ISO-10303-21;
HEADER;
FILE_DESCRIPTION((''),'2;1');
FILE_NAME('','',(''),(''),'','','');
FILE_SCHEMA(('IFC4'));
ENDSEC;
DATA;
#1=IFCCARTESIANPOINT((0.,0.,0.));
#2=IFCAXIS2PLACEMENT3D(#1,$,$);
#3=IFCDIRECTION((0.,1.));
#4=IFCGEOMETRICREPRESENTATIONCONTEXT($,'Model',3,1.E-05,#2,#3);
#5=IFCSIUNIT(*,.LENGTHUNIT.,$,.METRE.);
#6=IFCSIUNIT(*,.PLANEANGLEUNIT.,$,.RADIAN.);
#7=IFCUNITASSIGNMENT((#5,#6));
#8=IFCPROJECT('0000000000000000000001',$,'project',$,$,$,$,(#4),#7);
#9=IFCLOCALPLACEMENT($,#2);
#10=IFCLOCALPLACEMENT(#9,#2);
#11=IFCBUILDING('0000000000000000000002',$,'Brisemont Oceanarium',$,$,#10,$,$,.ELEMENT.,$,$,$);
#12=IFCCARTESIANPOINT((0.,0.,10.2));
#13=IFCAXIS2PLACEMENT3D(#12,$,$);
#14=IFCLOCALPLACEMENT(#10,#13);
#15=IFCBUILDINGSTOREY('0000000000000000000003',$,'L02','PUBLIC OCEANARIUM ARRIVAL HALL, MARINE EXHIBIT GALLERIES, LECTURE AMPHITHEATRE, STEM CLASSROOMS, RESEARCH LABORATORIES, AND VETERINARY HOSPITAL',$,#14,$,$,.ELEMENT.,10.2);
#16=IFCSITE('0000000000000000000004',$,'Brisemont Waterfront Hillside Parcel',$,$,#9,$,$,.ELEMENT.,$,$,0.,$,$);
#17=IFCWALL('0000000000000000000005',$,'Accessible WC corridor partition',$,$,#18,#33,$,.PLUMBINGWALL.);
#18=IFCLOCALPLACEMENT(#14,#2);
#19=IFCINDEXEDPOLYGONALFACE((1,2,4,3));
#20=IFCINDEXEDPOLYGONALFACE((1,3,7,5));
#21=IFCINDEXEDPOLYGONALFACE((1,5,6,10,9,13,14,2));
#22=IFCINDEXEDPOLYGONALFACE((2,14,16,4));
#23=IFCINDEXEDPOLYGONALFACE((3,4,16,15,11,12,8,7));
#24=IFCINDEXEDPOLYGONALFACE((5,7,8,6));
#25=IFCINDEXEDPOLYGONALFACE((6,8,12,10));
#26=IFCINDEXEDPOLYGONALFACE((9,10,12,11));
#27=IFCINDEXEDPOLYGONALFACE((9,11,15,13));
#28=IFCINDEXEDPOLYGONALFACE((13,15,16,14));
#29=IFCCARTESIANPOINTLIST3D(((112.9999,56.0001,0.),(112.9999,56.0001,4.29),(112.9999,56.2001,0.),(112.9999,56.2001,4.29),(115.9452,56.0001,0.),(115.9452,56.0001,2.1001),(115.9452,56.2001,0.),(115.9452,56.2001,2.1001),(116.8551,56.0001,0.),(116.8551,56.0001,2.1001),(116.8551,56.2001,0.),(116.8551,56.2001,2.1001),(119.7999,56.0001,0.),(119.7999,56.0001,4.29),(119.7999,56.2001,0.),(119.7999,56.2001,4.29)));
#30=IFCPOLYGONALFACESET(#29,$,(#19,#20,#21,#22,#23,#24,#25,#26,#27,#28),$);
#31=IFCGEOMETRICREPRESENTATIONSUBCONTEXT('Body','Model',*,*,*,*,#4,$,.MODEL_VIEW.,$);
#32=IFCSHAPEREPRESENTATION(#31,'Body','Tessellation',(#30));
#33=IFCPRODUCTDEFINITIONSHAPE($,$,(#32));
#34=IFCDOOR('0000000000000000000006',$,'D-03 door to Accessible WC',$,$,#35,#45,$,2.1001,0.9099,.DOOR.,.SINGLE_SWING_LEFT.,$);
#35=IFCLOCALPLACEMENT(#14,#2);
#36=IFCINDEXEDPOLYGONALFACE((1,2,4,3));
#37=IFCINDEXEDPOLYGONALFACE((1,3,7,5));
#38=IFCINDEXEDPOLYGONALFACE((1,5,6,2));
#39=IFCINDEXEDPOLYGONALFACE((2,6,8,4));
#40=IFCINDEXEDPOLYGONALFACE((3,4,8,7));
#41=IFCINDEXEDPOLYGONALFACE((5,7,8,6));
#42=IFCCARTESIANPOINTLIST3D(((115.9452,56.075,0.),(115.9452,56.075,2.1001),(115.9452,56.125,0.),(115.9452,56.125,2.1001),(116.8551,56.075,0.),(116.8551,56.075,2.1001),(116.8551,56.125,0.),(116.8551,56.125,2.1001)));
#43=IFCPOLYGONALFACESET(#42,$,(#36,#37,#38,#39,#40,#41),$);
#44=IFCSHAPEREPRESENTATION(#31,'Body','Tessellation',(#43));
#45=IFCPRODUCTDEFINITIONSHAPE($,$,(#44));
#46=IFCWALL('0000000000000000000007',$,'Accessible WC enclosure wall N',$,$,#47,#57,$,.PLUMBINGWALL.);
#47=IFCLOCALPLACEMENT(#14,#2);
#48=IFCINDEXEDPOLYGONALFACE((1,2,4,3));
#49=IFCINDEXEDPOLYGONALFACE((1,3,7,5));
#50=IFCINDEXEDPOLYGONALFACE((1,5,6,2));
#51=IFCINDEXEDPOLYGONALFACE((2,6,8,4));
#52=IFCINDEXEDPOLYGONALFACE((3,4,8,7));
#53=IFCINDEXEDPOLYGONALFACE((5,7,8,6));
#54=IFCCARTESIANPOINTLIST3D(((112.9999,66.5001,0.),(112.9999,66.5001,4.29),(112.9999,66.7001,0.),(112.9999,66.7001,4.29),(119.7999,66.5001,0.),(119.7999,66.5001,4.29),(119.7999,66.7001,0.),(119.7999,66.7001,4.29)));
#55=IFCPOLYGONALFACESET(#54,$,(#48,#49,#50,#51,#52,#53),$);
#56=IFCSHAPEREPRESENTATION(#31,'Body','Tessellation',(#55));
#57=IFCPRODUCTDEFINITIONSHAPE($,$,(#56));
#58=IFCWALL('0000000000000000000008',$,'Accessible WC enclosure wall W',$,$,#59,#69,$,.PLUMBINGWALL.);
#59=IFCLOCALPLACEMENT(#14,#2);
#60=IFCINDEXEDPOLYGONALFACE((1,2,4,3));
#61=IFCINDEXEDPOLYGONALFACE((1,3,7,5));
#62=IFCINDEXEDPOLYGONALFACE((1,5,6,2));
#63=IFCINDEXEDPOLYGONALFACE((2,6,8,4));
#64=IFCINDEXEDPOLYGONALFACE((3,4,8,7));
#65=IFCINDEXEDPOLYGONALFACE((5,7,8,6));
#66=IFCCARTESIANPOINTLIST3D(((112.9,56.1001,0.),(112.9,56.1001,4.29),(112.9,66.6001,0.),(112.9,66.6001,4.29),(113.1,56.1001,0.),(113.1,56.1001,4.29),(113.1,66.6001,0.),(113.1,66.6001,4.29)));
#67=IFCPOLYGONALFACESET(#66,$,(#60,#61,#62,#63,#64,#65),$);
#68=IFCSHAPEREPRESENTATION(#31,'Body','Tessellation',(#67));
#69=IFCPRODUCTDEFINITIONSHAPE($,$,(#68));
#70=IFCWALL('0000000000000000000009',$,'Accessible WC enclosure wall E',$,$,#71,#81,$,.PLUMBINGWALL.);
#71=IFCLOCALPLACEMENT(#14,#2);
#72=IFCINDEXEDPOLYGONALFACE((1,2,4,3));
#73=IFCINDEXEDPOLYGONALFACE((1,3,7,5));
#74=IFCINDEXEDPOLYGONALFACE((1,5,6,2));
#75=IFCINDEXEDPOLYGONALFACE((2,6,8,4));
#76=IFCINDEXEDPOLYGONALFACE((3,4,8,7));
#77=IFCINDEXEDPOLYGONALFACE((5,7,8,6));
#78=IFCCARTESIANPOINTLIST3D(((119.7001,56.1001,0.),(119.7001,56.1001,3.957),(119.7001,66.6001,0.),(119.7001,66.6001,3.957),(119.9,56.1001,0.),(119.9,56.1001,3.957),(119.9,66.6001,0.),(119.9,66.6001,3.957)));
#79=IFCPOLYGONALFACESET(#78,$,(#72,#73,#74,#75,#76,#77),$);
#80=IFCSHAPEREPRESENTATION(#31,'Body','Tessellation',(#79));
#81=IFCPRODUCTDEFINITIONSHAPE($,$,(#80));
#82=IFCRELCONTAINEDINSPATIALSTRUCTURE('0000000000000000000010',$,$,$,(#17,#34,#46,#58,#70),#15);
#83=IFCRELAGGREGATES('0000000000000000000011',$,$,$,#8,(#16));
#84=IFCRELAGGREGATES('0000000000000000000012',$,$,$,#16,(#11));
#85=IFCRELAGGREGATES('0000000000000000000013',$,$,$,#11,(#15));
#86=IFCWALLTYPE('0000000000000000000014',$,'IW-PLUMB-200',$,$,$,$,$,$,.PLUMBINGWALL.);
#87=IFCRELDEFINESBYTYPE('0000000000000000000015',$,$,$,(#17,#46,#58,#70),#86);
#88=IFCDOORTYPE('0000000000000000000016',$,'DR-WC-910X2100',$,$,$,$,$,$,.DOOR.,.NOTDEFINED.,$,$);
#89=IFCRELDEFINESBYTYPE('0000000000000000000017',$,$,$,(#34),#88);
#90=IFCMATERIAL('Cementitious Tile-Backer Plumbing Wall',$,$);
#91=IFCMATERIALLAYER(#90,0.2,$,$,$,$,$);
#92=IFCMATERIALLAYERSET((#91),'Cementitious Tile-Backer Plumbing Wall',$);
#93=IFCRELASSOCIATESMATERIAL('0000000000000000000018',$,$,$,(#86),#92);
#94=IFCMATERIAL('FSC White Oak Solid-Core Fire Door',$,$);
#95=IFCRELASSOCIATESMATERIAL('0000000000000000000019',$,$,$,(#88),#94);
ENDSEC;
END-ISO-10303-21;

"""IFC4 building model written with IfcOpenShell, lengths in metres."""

from ifc_helpers import new_model, si_unit, direction, frame, frame_2d, origin, place, context, subcontext, project, spatial, rectangle, extrude, material, layer, layer_set, type_object, element, fill, save


model = new_model("IFC4")

# Units and contexts
model_context = context("Model", 3, precision=1e-05, world=origin(), true_north=direction((0.0, 1.0)))
body_context = subcontext(model_context, "Body", "Model", "MODEL_VIEW")
ifc_project = project(units=[si_unit("LENGTHUNIT", "METRE"), si_unit("PLANEANGLEUNIT", "RADIAN")], contexts=[model_context])

# Site, building, storey
site_placement = place(None, origin())
site = spatial("IfcSite", under=ifc_project, at=site_placement, Name="Brisemont Waterfront Hillside Parcel", CompositionType="ELEMENT", RefElevation=0.0)
building_placement = place(site_placement, origin())
building = spatial("IfcBuilding", under=site, at=building_placement, Name="Brisemont Oceanarium", CompositionType="ELEMENT")
storey_placement = place(building_placement, frame((0.0, 0.0, 10.2)))
storey = spatial("IfcBuildingStorey", under=building, at=storey_placement, Name="L02", Description="PUBLIC OCEANARIUM ARRIVAL HALL, MARINE EXHIBIT GALLERIES, LECTURE AMPHITHEATRE, STEM CLASSROOMS, RESEARCH LABORATORIES, AND VETERINARY HOSPITAL", CompositionType="ELEMENT", Elevation=10.2)

# Wall, opening, door
ifc_material_1 = material(Name="Cementitious Tile-Backer Plumbing Wall")
ifc_layer = layer(ifc_material_1, 0.2)
ifc_layer_set = layer_set([ifc_layer], Name="Cementitious Tile-Backer Plumbing Wall")
wall_type = type_object("IfcWallType", Name="IW-PLUMB-200", PredefinedType="PLUMBINGWALL", material=ifc_layer_set)
wall_1_placement = place(storey_placement, frame((113.0, 56.1001, 0.0), z_axis=(0.0, 0.0, 1.0), x_axis=(1.0, 0.0, 0.0)))
wall_1 = element("IfcWall", 1, at=wall_1_placement, inside=storey, type_object=wall_type, Name="Accessible WC corridor partition", PredefinedType="PLUMBINGWALL", context=body_context, shape_type="SweptSolid", body=[
    extrude(rectangle(XDim=6.8, YDim=0.2, at=frame_2d((3.3999, 0.0))), origin(), (0.0, 0.0, 1.0), 4.29),
])
opening_placement = place(wall_1_placement, frame((2.9451, 0.0, 0.0)))
opening = element("IfcOpeningElement", 2, at=opening_placement, cuts=wall_1, PredefinedType="OPENING", context=body_context, shape_type="SweptSolid", body=[
    extrude(rectangle(XDim=0.9099, YDim=2.1001, at=frame_2d((0.4551, 1.05))), frame((0.0, 0.1099, 0.0), z_axis=(0.0, -1.0, 0.0), x_axis=(1.0, 0.0, 0.0)), (0.0, 0.0, 1.0), 0.22),
])
ifc_material_2 = material(Name="FSC White Oak Solid-Core Fire Door")
door_type = type_object("IfcDoorType", Name="DR-WC-910X2100", OperationType="NOTDEFINED", PredefinedType="DOOR", material=ifc_material_2)
door_placement = place(opening_placement, origin())
door = element("IfcDoor", 3, at=door_placement, inside=storey, type_object=door_type, Name="D-03 door to Accessible WC", OperationType="SINGLE_SWING_LEFT", OverallHeight=2.1001, OverallWidth=0.9099, PredefinedType="DOOR", context=body_context, shape_type="SweptSolid", body=[
    extrude(rectangle(XDim=0.9099, YDim=2.1001, at=frame_2d((0.4551, 1.05))), frame((0.0, 0.0249, 0.0), z_axis=(0.0, -1.0, 0.0), x_axis=(1.0, 0.0, 0.0)), (0.0, 0.0, 1.0), 0.05),
])
fill(opening, door)

# Walls
wall_2_placement = place(storey_placement, frame((113.0, 66.6001, 0.0), z_axis=(0.0, 0.0, 1.0), x_axis=(1.0, 0.0, 0.0)))
element("IfcWall", 4, at=wall_2_placement, inside=storey, type_object=wall_type, Name="Accessible WC enclosure wall N", PredefinedType="PLUMBINGWALL", context=body_context, shape_type="SweptSolid", body=[
    extrude(rectangle(XDim=6.8, YDim=0.2, at=frame_2d((3.3999, 0.0))), origin(), (0.0, 0.0, 1.0), 4.29),
])
wall_3_placement = place(storey_placement, frame((113.0, 56.1001, 0.0), z_axis=(0.0, 0.0, 1.0), x_axis=(0.0, 1.0, 0.0)))
element("IfcWall", 5, at=wall_3_placement, inside=storey, type_object=wall_type, Name="Accessible WC enclosure wall W", PredefinedType="PLUMBINGWALL", context=body_context, shape_type="SweptSolid", body=[
    extrude(rectangle(XDim=10.5, YDim=0.2, at=frame_2d((5.25, 0.0))), origin(), (0.0, 0.0, 1.0), 4.29),
])
wall_4_placement = place(storey_placement, frame((119.8, 56.1001, 0.0), z_axis=(0.0, 0.0, 1.0), x_axis=(0.0, 1.0, 0.0)))
element("IfcWall", 6, at=wall_4_placement, inside=storey, type_object=wall_type, Name="Accessible WC enclosure wall E", PredefinedType="PLUMBINGWALL", context=body_context, shape_type="SweptSolid", body=[
    extrude(rectangle(XDim=10.5, YDim=0.2, at=frame_2d((5.25, 0.0))), origin(), (0.0, 0.0, 1.0), 3.957),
])

save(model, "model.ifc")
